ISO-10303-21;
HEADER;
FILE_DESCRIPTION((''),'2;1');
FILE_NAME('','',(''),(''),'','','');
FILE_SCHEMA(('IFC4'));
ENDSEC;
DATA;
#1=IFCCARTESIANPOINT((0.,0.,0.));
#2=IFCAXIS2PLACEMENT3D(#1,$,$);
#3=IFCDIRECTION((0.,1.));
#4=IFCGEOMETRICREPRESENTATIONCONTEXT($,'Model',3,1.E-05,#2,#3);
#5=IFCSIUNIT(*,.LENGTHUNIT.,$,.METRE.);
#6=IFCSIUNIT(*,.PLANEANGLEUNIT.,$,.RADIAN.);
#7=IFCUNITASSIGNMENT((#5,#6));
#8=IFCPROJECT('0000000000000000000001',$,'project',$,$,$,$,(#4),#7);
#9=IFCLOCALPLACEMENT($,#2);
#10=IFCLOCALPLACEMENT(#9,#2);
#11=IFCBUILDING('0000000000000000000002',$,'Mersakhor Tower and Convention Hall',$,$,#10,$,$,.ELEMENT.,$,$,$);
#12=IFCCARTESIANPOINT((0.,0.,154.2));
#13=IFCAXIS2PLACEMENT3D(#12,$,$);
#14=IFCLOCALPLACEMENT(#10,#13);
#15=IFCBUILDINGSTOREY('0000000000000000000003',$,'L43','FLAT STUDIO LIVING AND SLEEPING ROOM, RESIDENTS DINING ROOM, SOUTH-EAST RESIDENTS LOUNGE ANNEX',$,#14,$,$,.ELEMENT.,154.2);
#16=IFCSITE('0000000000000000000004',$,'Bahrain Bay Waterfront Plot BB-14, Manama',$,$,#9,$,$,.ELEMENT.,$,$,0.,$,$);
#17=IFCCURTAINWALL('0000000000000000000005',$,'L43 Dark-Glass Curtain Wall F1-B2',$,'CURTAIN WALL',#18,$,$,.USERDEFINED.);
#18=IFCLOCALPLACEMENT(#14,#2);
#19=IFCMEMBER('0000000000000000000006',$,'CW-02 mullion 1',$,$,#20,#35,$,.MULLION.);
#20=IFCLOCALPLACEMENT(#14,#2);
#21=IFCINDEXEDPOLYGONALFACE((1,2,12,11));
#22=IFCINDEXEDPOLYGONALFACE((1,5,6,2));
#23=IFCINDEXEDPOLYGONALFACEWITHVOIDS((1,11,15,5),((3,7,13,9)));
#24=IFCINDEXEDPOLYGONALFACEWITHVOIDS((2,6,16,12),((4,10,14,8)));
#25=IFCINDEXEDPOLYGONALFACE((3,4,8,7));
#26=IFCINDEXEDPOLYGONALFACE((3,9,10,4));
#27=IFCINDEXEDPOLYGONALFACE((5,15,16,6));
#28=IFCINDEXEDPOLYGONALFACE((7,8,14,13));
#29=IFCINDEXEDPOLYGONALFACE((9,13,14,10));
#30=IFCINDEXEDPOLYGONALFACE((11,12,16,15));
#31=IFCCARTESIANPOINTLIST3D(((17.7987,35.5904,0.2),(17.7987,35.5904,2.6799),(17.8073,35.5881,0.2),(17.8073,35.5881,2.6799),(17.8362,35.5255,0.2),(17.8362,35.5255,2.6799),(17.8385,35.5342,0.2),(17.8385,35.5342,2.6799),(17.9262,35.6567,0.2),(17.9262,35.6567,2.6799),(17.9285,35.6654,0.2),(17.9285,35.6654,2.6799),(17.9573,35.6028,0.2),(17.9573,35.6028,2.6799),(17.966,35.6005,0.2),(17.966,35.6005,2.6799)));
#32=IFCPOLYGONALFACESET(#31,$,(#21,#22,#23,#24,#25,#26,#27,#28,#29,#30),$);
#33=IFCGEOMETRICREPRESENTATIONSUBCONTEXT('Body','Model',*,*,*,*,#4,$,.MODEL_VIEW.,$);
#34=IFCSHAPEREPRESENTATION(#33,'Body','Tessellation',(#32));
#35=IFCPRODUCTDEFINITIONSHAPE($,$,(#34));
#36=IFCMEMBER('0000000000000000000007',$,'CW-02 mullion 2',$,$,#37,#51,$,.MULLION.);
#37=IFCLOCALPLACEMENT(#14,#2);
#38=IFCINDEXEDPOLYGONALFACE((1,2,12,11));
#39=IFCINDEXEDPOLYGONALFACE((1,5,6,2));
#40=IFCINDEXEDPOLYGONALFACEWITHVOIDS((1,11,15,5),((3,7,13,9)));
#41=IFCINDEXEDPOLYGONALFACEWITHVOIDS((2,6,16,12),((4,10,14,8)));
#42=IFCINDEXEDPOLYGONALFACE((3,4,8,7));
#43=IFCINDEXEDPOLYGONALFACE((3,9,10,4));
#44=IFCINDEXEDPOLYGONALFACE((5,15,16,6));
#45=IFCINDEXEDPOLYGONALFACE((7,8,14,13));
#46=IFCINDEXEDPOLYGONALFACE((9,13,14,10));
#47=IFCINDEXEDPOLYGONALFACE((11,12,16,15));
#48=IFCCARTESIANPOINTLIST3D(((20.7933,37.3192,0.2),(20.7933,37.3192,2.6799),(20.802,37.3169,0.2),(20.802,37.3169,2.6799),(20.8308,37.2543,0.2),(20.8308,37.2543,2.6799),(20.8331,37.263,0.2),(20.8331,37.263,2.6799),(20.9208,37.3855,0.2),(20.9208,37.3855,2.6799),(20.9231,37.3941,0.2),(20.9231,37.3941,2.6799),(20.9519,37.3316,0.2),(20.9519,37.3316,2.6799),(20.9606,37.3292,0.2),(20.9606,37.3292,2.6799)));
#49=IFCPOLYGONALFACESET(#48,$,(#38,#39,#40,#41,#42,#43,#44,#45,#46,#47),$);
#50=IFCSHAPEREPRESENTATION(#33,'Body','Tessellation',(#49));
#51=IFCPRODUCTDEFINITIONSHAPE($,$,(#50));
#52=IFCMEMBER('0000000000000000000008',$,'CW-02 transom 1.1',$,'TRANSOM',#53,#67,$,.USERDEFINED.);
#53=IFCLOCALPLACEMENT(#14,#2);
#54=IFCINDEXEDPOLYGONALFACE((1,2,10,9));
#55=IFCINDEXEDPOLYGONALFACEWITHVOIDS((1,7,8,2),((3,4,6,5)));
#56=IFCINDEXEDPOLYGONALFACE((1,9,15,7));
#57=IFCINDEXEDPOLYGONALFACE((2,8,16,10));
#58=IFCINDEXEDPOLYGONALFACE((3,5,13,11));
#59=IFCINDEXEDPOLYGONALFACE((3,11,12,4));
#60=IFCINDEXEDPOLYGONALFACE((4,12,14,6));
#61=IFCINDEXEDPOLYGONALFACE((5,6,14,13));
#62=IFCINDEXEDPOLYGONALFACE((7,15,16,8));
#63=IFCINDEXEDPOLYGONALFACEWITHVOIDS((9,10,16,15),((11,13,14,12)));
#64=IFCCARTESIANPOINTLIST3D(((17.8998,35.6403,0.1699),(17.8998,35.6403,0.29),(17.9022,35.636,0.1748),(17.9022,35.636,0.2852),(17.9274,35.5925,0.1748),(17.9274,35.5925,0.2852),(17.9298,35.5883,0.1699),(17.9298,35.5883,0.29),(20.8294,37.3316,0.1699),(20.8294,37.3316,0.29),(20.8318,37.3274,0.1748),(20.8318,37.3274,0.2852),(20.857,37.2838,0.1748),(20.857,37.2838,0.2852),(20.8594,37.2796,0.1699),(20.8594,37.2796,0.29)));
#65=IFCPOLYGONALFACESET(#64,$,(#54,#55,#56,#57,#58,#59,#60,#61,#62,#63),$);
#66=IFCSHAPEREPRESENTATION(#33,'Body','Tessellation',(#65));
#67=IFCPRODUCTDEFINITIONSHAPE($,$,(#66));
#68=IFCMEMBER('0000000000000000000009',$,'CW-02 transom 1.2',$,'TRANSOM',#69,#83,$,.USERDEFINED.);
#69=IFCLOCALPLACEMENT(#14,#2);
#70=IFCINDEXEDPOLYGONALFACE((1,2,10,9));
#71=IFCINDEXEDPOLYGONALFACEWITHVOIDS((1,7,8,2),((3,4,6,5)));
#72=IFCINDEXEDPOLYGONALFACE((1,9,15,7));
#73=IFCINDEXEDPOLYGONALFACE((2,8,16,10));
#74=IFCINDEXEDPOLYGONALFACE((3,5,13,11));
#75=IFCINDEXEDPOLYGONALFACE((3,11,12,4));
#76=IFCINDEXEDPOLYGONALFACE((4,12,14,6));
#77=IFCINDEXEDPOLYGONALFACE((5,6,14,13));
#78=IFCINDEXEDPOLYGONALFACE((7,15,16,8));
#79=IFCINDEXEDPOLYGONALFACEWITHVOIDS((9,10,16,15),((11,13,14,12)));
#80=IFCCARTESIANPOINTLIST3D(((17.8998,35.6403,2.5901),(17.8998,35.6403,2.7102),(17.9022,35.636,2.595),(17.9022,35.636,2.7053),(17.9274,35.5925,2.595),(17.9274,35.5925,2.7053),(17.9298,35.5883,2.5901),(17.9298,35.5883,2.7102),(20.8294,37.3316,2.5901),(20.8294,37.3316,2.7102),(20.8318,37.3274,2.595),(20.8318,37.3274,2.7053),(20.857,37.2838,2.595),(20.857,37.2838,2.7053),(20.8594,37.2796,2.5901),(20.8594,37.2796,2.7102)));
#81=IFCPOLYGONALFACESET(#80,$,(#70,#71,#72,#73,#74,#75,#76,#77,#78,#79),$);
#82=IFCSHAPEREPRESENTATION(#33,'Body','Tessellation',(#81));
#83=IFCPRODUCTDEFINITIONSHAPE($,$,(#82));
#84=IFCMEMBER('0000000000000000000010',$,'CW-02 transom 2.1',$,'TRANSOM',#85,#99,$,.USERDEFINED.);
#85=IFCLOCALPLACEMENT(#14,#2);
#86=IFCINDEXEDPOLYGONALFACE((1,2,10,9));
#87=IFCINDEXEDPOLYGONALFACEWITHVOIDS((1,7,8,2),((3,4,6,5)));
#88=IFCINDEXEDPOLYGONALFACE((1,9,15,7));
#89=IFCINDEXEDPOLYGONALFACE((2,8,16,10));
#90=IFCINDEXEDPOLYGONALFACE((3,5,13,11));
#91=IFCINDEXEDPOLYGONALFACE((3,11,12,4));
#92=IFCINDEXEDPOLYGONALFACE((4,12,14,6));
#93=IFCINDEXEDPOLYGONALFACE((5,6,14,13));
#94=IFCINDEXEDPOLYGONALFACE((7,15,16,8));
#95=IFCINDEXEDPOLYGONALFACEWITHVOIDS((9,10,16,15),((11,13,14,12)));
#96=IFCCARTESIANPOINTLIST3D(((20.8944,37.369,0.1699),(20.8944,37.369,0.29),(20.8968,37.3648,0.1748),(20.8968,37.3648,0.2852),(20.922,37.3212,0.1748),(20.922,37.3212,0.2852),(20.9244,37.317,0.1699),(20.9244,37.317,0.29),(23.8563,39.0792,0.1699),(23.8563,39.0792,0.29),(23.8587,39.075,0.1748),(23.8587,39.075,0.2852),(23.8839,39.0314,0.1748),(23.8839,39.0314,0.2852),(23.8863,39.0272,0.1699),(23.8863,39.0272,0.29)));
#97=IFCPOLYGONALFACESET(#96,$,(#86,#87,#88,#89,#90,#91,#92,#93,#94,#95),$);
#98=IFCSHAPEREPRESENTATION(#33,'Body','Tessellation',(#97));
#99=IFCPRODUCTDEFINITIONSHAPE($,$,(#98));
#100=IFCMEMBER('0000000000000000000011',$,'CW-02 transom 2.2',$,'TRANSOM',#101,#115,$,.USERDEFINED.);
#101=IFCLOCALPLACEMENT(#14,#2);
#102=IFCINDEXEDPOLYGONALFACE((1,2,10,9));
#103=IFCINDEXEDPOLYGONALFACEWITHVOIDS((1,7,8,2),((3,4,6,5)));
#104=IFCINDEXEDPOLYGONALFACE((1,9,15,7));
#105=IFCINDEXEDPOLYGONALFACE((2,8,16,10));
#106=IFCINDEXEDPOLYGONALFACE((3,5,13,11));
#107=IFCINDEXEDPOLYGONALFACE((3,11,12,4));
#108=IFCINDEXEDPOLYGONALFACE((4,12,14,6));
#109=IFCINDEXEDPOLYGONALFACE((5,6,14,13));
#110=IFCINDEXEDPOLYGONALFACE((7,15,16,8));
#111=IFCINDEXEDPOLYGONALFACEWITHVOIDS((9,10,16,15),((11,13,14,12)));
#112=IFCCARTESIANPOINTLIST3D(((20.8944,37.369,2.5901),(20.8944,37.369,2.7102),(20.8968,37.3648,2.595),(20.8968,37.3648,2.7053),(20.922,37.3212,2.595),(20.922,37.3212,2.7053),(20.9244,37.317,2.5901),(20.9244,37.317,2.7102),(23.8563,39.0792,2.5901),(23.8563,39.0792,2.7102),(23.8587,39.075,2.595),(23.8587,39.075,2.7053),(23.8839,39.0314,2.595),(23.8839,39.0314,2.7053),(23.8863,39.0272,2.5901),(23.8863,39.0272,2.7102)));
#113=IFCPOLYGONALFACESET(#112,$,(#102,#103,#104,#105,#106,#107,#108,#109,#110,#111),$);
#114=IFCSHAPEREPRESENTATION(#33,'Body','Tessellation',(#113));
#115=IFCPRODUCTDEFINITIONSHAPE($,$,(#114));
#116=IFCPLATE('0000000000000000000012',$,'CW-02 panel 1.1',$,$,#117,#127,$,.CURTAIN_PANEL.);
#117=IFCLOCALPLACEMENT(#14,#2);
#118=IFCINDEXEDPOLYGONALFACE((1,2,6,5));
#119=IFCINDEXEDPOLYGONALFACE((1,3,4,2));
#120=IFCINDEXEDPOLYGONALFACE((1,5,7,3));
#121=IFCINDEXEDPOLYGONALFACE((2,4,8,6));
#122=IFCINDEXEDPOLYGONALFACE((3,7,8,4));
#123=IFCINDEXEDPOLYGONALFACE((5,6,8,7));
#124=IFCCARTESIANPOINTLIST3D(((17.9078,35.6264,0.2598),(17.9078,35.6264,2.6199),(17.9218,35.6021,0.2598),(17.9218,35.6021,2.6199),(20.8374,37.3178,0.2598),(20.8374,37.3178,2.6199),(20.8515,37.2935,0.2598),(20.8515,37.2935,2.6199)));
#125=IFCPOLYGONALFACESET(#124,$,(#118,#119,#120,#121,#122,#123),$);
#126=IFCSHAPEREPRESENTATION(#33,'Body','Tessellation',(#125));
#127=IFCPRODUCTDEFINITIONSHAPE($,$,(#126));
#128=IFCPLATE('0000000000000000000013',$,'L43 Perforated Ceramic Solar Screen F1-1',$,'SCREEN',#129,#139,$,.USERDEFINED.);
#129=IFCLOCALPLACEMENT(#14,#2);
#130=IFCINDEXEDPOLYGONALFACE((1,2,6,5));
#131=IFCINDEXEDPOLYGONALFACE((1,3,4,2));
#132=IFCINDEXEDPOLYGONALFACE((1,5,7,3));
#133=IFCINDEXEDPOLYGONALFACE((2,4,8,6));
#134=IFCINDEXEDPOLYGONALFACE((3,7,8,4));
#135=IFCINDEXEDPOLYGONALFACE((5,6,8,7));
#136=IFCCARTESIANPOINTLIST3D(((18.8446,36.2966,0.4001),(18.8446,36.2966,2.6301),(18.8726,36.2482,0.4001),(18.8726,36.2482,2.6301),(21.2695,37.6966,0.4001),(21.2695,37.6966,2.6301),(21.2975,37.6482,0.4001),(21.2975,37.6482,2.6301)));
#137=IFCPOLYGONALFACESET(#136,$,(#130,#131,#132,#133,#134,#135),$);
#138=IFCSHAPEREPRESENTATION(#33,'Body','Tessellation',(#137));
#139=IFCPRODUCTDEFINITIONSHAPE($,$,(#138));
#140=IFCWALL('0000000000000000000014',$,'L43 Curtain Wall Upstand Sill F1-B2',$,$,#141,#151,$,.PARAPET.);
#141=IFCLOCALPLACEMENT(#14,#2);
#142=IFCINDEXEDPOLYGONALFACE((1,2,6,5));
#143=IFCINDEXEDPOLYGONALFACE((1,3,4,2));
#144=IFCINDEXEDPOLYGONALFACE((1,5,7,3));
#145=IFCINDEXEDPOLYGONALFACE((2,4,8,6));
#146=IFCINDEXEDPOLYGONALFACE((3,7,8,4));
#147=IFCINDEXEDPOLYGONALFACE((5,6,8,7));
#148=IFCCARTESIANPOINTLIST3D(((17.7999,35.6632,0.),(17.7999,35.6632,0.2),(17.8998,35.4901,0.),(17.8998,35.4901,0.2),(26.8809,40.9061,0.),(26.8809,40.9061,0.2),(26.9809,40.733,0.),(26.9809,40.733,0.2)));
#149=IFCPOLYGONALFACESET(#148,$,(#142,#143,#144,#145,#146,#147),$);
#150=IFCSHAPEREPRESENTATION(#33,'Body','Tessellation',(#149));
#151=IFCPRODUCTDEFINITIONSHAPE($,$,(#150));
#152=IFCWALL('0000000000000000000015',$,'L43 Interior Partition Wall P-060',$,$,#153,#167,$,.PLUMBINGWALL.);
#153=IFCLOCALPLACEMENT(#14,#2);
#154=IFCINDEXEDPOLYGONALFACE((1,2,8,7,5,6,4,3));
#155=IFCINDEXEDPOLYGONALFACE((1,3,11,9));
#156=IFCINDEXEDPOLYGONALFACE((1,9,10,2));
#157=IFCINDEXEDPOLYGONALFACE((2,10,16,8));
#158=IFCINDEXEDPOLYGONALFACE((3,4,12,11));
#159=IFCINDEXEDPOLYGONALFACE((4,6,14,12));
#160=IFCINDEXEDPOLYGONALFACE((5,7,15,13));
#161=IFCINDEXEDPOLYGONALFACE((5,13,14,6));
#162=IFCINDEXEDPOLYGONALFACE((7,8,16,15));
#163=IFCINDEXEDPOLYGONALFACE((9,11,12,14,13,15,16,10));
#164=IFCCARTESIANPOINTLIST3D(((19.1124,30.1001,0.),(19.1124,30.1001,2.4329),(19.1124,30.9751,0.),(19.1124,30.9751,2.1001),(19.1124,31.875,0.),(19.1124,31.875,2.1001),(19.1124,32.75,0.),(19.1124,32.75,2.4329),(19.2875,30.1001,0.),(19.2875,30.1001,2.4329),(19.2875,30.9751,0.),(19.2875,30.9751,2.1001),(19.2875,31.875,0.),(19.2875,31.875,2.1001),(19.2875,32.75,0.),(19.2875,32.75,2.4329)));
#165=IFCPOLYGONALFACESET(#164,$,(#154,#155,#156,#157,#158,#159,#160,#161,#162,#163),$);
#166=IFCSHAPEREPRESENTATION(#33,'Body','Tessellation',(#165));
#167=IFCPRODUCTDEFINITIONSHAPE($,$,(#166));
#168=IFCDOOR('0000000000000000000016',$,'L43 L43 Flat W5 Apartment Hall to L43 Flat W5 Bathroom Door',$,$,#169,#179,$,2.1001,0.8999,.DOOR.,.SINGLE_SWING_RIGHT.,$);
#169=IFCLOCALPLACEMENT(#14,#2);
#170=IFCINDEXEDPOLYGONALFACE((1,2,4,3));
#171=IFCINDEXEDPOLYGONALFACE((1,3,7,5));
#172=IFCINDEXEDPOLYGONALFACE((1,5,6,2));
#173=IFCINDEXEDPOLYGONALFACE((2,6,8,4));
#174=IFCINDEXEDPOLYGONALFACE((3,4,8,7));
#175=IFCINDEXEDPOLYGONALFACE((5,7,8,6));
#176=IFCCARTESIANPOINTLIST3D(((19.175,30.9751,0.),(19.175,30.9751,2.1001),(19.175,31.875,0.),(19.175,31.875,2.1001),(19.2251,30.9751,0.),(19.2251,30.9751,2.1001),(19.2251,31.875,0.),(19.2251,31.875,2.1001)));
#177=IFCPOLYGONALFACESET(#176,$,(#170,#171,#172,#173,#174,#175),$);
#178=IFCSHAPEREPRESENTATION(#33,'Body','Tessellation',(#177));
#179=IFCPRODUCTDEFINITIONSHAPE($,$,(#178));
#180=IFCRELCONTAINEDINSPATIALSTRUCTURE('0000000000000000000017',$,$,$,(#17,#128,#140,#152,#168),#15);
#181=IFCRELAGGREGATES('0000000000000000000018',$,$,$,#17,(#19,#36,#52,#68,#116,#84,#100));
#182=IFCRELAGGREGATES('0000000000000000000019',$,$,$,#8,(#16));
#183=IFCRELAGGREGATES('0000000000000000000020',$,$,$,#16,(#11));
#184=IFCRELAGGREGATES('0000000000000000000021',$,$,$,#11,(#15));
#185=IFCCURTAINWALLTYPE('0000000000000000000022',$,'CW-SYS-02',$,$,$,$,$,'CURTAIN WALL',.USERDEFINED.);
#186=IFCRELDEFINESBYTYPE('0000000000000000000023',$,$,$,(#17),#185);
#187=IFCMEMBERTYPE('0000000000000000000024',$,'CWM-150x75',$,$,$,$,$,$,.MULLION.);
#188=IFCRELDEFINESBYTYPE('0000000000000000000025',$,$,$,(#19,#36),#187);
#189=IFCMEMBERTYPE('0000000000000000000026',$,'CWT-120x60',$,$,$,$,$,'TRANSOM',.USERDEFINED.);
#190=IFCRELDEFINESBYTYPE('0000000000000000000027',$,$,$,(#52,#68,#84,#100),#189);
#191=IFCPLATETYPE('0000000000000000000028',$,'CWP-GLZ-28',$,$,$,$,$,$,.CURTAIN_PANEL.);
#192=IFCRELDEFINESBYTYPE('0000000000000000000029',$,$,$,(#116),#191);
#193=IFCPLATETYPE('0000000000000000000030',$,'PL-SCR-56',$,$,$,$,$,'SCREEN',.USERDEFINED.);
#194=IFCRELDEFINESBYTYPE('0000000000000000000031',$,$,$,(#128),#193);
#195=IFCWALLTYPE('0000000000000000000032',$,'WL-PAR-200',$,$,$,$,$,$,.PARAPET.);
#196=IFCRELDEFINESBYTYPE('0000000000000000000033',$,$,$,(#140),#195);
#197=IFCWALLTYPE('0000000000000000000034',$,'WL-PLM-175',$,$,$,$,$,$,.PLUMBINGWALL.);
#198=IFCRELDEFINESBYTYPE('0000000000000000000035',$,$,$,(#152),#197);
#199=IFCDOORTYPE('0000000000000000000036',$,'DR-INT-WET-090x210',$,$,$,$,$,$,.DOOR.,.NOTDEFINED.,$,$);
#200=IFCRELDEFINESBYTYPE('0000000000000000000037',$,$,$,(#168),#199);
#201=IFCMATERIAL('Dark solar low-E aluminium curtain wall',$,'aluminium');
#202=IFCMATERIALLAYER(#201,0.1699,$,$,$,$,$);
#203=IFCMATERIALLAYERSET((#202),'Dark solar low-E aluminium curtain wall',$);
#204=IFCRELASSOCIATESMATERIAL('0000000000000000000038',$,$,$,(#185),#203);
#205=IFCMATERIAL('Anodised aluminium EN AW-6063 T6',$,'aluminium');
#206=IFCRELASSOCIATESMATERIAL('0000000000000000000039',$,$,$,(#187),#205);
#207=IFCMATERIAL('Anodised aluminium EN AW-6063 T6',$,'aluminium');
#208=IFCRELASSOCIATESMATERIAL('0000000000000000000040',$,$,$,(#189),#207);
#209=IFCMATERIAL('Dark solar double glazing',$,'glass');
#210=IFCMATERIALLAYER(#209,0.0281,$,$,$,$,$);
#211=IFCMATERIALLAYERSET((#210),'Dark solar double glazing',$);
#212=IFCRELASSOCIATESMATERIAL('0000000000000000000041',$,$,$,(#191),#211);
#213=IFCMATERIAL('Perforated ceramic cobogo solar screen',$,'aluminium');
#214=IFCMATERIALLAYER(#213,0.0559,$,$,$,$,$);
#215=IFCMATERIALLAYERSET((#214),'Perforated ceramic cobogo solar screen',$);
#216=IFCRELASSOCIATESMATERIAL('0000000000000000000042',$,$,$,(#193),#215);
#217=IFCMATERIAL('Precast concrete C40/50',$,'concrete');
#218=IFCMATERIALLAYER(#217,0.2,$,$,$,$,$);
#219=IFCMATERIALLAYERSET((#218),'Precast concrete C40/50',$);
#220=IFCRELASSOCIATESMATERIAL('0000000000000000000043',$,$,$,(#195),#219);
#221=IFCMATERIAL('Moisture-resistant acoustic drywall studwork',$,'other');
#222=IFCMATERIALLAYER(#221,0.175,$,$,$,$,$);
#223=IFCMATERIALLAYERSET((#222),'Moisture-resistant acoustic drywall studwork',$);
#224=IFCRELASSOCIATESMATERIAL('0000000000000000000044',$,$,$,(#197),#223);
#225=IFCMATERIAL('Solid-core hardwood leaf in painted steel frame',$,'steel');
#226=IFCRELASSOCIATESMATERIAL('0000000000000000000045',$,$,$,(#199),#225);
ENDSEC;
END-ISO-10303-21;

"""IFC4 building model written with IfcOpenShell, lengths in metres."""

from ifc_helpers import new_model, si_unit, direction, frame, frame_2d, origin, origin_2d, place, context, subcontext, project, spatial, rectangle, hollow_rectangle, extrude, material, layer, layer_set, material_profile, profile_set, type_object, element, fill, aggregate, save


model = new_model("IFC4")

# Units and contexts
model_context = context("Model", 3, precision=1e-05, world=origin(), true_north=direction((0.0, 1.0)))
body_context = subcontext(model_context, "Body", "Model", "MODEL_VIEW")
ifc_project = project(units=[si_unit("LENGTHUNIT", "METRE"), si_unit("PLANEANGLEUNIT", "RADIAN")], contexts=[model_context])

# Site, building, storey
site_placement = place(None, origin())
site = spatial("IfcSite", under=ifc_project, at=site_placement, Name="Bahrain Bay Waterfront Plot BB-14, Manama", CompositionType="ELEMENT", RefElevation=0.0)
building_placement = place(site_placement, origin())
building = spatial("IfcBuilding", under=site, at=building_placement, Name="Mersakhor Tower and Convention Hall", CompositionType="ELEMENT")
storey_placement = place(building_placement, frame((0.0, 0.0, 154.2)))
storey = spatial("IfcBuildingStorey", under=building, at=storey_placement, Name="L43", Description="FLAT STUDIO LIVING AND SLEEPING ROOM, RESIDENTS DINING ROOM, SOUTH-EAST RESIDENTS LOUNGE ANNEX", CompositionType="ELEMENT", Elevation=154.2)

# Curtain wall, members, plate
ifc_material_1 = material(Name="Dark solar low-E aluminium curtain wall", Category="aluminium")
ifc_layer_1 = layer(ifc_material_1, 0.1699)
ifc_layer_set_1 = layer_set([ifc_layer_1], Name="Dark solar low-E aluminium curtain wall")
curtain_wall_type = type_object("IfcCurtainWallType", Name="CW-SYS-02", ElementType="CURTAIN WALL", PredefinedType="USERDEFINED", material=ifc_layer_set_1)
curtain_wall_placement = place(storey_placement, origin())
curtain_wall = element("IfcCurtainWall", 1, at=curtain_wall_placement, inside=storey, type_object=curtain_wall_type, Name="L43 Dark-Glass Curtain Wall F1-B2", ObjectType="CURTAIN WALL", PredefinedType="USERDEFINED")
ifc_material_2 = material(Name="Anodised aluminium EN AW-6063 T6", Category="aluminium")
ifc_material_profile_1 = material_profile(ifc_material_2, hollow_rectangle(XDim=0.075, YDim=0.1499, WallThickness=0.0063, at=origin_2d()), Name="RHS 150x75x6.3")
ifc_profile_set_1 = profile_set([ifc_material_profile_1], Name="Anodised aluminium EN AW-6063 T6")
member_type_1 = type_object("IfcMemberType", Name="CWM-150x75", PredefinedType="MULLION", material=ifc_profile_set_1)
member_1_placement = place(storey_placement, frame((17.8823, 35.5955, 0.2), z_axis=(0.0, 0.0, 1.0), x_axis=(-0.49999, 0.866031, 0.0)))
member_1 = element("IfcMember", 2, at=member_1_placement, type_object=member_type_1, Name="CW-02 mullion 1", PredefinedType="MULLION", context=body_context, shape_type="SweptSolid", body=[
    extrude(hollow_rectangle(XDim=0.075, YDim=0.1499, WallThickness=0.0063, at=origin_2d()), origin(), (0.0, 0.0, 1.0), 2.48),
])
member_2_placement = place(storey_placement, frame((20.877, 37.3242, 0.2), z_axis=(0.0, 0.0, 1.0), x_axis=(-0.49999, 0.866031, 0.0)))
member_2 = element("IfcMember", 3, at=member_2_placement, type_object=member_type_1, Name="CW-02 mullion 2", PredefinedType="MULLION", context=body_context, shape_type="SweptSolid", body=[
    extrude(hollow_rectangle(XDim=0.075, YDim=0.1499, WallThickness=0.0063, at=origin_2d()), origin(), (0.0, 0.0, 1.0), 2.48),
])
ifc_material_3 = material(Name="Anodised aluminium EN AW-6063 T6", Category="aluminium")
ifc_material_profile_2 = material_profile(ifc_material_3, hollow_rectangle(XDim=0.0601, YDim=0.1201, WallThickness=0.0049, at=origin_2d()), Name="RHS 120x60x5")
ifc_profile_set_2 = profile_set([ifc_material_profile_2], Name="Anodised aluminium EN AW-6063 T6")
member_type_2 = type_object("IfcMemberType", Name="CWT-120x60", ElementType="TRANSOM", PredefinedType="USERDEFINED", material=ifc_profile_set_2)
member_3_placement = place(storey_placement, frame((17.9148, 35.6143, 0.23), z_axis=(0.866032, 0.499989, 0.0), x_axis=(-0.499989, 0.866032, 0.0)))
member_3 = element("IfcMember", 4, at=member_3_placement, type_object=member_type_2, Name="CW-02 transom 1.1", ObjectType="TRANSOM", PredefinedType="USERDEFINED", context=body_context, shape_type="SweptSolid", body=[
    extrude(hollow_rectangle(XDim=0.0601, YDim=0.1201, WallThickness=0.0049, at=origin_2d()), origin(), (0.0, 0.0, 1.0), 3.3828),
])
member_4_placement = place(storey_placement, frame((17.9148, 35.6143, 2.6501), z_axis=(0.866032, 0.499989, 0.0), x_axis=(-0.499989, 0.866032, 0.0)))
member_4 = element("IfcMember", 5, at=member_4_placement, type_object=member_type_2, Name="CW-02 transom 1.2", ObjectType="TRANSOM", PredefinedType="USERDEFINED", context=body_context, shape_type="SweptSolid", body=[
    extrude(hollow_rectangle(XDim=0.0601, YDim=0.1201, WallThickness=0.0049, at=origin_2d()), origin(), (0.0, 0.0, 1.0), 3.3828),
])
member_5_placement = place(storey_placement, frame((20.9094, 37.343, 0.23), z_axis=(0.866007, 0.500031, 0.0), x_axis=(-0.500031, 0.866007, 0.0)))
member_5 = element("IfcMember", 6, at=member_5_placement, type_object=member_type_2, Name="CW-02 transom 2.1", ObjectType="TRANSOM", PredefinedType="USERDEFINED", context=body_context, shape_type="SweptSolid", body=[
    extrude(hollow_rectangle(XDim=0.0601, YDim=0.1201, WallThickness=0.0049, at=origin_2d()), origin(), (0.0, 0.0, 1.0), 3.4202),
])
member_6_placement = place(storey_placement, frame((20.9094, 37.343, 2.6501), z_axis=(0.866007, 0.500031, 0.0), x_axis=(-0.500031, 0.866007, 0.0)))
member_6 = element("IfcMember", 7, at=member_6_placement, type_object=member_type_2, Name="CW-02 transom 2.2", ObjectType="TRANSOM", PredefinedType="USERDEFINED", context=body_context, shape_type="SweptSolid", body=[
    extrude(hollow_rectangle(XDim=0.0601, YDim=0.1201, WallThickness=0.0049, at=origin_2d()), origin(), (0.0, 0.0, 1.0), 3.4202),
])
ifc_material_4 = material(Name="Dark solar double glazing", Category="glass")
ifc_layer_2 = layer(ifc_material_4, 0.0281)
ifc_layer_set_2 = layer_set([ifc_layer_2], Name="Dark solar double glazing")
plate_type_1 = type_object("IfcPlateType", Name="CWP-GLZ-28", PredefinedType="CURTAIN_PANEL", material=ifc_layer_set_2)
plate_1_placement = place(storey_placement, frame((19.3796, 36.46, 0.2598), z_axis=(0.0, 0.0, 1.0), x_axis=(0.866031, 0.49999, 0.0)))
plate_1 = element("IfcPlate", 8, at=plate_1_placement, type_object=plate_type_1, Name="CW-02 panel 1.1", PredefinedType="CURTAIN_PANEL", context=body_context, shape_type="SweptSolid", body=[
    extrude(rectangle(XDim=3.3828, YDim=0.0281, at=origin_2d()), origin(), (0.0, 0.0, 1.0), 2.3601),
])
aggregate(curtain_wall, [member_1, member_2, member_3, member_4, plate_1, member_5, member_6])

# Plate
ifc_material_5 = material(Name="Perforated ceramic cobogo solar screen", Category="aluminium")
ifc_layer_3 = layer(ifc_material_5, 0.0559)
ifc_layer_set_3 = layer_set([ifc_layer_3], Name="Perforated ceramic cobogo solar screen")
plate_type_2 = type_object("IfcPlateType", Name="PL-SCR-56", ElementType="SCREEN", PredefinedType="USERDEFINED", material=ifc_layer_set_3)
plate_2_placement = place(storey_placement, frame((20.071, 36.9724, 0.4001), z_axis=(0.0, 0.0, 1.0), x_axis=(0.866025, 0.5, 0.0)))
element("IfcPlate", 9, at=plate_2_placement, inside=storey, type_object=plate_type_2, Name="L43 Perforated Ceramic Solar Screen F1-1", ObjectType="SCREEN", PredefinedType="USERDEFINED", context=body_context, shape_type="SweptSolid", body=[
    extrude(rectangle(XDim=2.8, YDim=0.0559, at=origin_2d()), origin(), (0.0, 0.0, 1.0), 2.23),
])

# Wall
ifc_material_6 = material(Name="Precast concrete C40/50", Category="concrete")
ifc_layer_4 = layer(ifc_material_6, 0.2)
ifc_layer_set_4 = layer_set([ifc_layer_4], Name="Precast concrete C40/50")
wall_type_1 = type_object("IfcWallType", Name="WL-PAR-200", PredefinedType="PARAPET", material=ifc_layer_set_4)
wall_1_placement = place(storey_placement, frame((17.8499, 35.5767, 0.0), z_axis=(0.0, 0.0, 1.0), x_axis=(0.866027, 0.499998, 0.0)))
element("IfcWall", 10, at=wall_1_placement, inside=storey, type_object=wall_type_1, Name="L43 Curtain Wall Upstand Sill F1-B2", PredefinedType="PARAPET", context=body_context, shape_type="SweptSolid", body=[
    extrude(rectangle(XDim=10.4858, YDim=0.2, at=frame_2d((5.2429, 0.0))), origin(), (0.0, 0.0, 1.0), 0.2),
])

# Wall, opening, door
ifc_material_7 = material(Name="Moisture-resistant acoustic drywall studwork", Category="other")
ifc_layer_5 = layer(ifc_material_7, 0.175)
ifc_layer_set_5 = layer_set([ifc_layer_5], Name="Moisture-resistant acoustic drywall studwork")
wall_type_2 = type_object("IfcWallType", Name="WL-PLM-175", PredefinedType="PLUMBINGWALL", material=ifc_layer_set_5)
wall_2_placement = place(storey_placement, frame((19.2, 30.1001, 0.0), z_axis=(0.0, 0.0, 1.0), x_axis=(0.0, 1.0, 0.0)))
wall_2 = element("IfcWall", 11, at=wall_2_placement, inside=storey, type_object=wall_type_2, Name="L43 Interior Partition Wall P-060", PredefinedType="PLUMBINGWALL", context=body_context, shape_type="SweptSolid", body=[
    extrude(rectangle(XDim=2.6499, YDim=0.175, at=frame_2d((1.325, 0.0))), origin(), (0.0, 0.0, 1.0), 2.4329),
])
opening_1_placement = place(wall_2_placement, frame((0.875, 0.0, 0.0)))
opening_1 = element("IfcOpeningElement", 12, at=opening_1_placement, cuts=wall_2, PredefinedType="OPENING", context=body_context, shape_type="SweptSolid", body=[
    extrude(rectangle(XDim=0.8999, YDim=2.1001, at=frame_2d((0.45, 1.05))), frame((0.0, 0.0974, 0.0), z_axis=(0.0, -1.0, 0.0), x_axis=(1.0, 0.0, 0.0)), (0.0, 0.0, 1.0), 0.1951),
])
ifc_material_8 = material(Name="Solid-core hardwood leaf in painted steel frame", Category="steel")
door_type_1 = type_object("IfcDoorType", Name="DR-INT-WET-090x210", OperationType="NOTDEFINED", PredefinedType="DOOR", material=ifc_material_8)
door_1_placement = place(opening_1_placement, origin())
door_1 = element("IfcDoor", 13, at=door_1_placement, inside=storey, type_object=door_type_1, Name="L43 L43 Flat W5 Apartment Hall to L43 Flat W5 Bathroom Door", OperationType="SINGLE_SWING_RIGHT", OverallHeight=2.1001, OverallWidth=0.8999, PredefinedType="DOOR", context=body_context, shape_type="SweptSolid", body=[
    extrude(rectangle(XDim=0.8999, YDim=2.1001, at=frame_2d((0.45, 1.05))), frame((0.0, 0.0249, 0.0), z_axis=(0.0, -1.0, 0.0), x_axis=(1.0, 0.0, 0.0)), (0.0, 0.0, 1.0), 0.05),
])
fill(opening_1, door_1)

save(model, "model.ifc")
